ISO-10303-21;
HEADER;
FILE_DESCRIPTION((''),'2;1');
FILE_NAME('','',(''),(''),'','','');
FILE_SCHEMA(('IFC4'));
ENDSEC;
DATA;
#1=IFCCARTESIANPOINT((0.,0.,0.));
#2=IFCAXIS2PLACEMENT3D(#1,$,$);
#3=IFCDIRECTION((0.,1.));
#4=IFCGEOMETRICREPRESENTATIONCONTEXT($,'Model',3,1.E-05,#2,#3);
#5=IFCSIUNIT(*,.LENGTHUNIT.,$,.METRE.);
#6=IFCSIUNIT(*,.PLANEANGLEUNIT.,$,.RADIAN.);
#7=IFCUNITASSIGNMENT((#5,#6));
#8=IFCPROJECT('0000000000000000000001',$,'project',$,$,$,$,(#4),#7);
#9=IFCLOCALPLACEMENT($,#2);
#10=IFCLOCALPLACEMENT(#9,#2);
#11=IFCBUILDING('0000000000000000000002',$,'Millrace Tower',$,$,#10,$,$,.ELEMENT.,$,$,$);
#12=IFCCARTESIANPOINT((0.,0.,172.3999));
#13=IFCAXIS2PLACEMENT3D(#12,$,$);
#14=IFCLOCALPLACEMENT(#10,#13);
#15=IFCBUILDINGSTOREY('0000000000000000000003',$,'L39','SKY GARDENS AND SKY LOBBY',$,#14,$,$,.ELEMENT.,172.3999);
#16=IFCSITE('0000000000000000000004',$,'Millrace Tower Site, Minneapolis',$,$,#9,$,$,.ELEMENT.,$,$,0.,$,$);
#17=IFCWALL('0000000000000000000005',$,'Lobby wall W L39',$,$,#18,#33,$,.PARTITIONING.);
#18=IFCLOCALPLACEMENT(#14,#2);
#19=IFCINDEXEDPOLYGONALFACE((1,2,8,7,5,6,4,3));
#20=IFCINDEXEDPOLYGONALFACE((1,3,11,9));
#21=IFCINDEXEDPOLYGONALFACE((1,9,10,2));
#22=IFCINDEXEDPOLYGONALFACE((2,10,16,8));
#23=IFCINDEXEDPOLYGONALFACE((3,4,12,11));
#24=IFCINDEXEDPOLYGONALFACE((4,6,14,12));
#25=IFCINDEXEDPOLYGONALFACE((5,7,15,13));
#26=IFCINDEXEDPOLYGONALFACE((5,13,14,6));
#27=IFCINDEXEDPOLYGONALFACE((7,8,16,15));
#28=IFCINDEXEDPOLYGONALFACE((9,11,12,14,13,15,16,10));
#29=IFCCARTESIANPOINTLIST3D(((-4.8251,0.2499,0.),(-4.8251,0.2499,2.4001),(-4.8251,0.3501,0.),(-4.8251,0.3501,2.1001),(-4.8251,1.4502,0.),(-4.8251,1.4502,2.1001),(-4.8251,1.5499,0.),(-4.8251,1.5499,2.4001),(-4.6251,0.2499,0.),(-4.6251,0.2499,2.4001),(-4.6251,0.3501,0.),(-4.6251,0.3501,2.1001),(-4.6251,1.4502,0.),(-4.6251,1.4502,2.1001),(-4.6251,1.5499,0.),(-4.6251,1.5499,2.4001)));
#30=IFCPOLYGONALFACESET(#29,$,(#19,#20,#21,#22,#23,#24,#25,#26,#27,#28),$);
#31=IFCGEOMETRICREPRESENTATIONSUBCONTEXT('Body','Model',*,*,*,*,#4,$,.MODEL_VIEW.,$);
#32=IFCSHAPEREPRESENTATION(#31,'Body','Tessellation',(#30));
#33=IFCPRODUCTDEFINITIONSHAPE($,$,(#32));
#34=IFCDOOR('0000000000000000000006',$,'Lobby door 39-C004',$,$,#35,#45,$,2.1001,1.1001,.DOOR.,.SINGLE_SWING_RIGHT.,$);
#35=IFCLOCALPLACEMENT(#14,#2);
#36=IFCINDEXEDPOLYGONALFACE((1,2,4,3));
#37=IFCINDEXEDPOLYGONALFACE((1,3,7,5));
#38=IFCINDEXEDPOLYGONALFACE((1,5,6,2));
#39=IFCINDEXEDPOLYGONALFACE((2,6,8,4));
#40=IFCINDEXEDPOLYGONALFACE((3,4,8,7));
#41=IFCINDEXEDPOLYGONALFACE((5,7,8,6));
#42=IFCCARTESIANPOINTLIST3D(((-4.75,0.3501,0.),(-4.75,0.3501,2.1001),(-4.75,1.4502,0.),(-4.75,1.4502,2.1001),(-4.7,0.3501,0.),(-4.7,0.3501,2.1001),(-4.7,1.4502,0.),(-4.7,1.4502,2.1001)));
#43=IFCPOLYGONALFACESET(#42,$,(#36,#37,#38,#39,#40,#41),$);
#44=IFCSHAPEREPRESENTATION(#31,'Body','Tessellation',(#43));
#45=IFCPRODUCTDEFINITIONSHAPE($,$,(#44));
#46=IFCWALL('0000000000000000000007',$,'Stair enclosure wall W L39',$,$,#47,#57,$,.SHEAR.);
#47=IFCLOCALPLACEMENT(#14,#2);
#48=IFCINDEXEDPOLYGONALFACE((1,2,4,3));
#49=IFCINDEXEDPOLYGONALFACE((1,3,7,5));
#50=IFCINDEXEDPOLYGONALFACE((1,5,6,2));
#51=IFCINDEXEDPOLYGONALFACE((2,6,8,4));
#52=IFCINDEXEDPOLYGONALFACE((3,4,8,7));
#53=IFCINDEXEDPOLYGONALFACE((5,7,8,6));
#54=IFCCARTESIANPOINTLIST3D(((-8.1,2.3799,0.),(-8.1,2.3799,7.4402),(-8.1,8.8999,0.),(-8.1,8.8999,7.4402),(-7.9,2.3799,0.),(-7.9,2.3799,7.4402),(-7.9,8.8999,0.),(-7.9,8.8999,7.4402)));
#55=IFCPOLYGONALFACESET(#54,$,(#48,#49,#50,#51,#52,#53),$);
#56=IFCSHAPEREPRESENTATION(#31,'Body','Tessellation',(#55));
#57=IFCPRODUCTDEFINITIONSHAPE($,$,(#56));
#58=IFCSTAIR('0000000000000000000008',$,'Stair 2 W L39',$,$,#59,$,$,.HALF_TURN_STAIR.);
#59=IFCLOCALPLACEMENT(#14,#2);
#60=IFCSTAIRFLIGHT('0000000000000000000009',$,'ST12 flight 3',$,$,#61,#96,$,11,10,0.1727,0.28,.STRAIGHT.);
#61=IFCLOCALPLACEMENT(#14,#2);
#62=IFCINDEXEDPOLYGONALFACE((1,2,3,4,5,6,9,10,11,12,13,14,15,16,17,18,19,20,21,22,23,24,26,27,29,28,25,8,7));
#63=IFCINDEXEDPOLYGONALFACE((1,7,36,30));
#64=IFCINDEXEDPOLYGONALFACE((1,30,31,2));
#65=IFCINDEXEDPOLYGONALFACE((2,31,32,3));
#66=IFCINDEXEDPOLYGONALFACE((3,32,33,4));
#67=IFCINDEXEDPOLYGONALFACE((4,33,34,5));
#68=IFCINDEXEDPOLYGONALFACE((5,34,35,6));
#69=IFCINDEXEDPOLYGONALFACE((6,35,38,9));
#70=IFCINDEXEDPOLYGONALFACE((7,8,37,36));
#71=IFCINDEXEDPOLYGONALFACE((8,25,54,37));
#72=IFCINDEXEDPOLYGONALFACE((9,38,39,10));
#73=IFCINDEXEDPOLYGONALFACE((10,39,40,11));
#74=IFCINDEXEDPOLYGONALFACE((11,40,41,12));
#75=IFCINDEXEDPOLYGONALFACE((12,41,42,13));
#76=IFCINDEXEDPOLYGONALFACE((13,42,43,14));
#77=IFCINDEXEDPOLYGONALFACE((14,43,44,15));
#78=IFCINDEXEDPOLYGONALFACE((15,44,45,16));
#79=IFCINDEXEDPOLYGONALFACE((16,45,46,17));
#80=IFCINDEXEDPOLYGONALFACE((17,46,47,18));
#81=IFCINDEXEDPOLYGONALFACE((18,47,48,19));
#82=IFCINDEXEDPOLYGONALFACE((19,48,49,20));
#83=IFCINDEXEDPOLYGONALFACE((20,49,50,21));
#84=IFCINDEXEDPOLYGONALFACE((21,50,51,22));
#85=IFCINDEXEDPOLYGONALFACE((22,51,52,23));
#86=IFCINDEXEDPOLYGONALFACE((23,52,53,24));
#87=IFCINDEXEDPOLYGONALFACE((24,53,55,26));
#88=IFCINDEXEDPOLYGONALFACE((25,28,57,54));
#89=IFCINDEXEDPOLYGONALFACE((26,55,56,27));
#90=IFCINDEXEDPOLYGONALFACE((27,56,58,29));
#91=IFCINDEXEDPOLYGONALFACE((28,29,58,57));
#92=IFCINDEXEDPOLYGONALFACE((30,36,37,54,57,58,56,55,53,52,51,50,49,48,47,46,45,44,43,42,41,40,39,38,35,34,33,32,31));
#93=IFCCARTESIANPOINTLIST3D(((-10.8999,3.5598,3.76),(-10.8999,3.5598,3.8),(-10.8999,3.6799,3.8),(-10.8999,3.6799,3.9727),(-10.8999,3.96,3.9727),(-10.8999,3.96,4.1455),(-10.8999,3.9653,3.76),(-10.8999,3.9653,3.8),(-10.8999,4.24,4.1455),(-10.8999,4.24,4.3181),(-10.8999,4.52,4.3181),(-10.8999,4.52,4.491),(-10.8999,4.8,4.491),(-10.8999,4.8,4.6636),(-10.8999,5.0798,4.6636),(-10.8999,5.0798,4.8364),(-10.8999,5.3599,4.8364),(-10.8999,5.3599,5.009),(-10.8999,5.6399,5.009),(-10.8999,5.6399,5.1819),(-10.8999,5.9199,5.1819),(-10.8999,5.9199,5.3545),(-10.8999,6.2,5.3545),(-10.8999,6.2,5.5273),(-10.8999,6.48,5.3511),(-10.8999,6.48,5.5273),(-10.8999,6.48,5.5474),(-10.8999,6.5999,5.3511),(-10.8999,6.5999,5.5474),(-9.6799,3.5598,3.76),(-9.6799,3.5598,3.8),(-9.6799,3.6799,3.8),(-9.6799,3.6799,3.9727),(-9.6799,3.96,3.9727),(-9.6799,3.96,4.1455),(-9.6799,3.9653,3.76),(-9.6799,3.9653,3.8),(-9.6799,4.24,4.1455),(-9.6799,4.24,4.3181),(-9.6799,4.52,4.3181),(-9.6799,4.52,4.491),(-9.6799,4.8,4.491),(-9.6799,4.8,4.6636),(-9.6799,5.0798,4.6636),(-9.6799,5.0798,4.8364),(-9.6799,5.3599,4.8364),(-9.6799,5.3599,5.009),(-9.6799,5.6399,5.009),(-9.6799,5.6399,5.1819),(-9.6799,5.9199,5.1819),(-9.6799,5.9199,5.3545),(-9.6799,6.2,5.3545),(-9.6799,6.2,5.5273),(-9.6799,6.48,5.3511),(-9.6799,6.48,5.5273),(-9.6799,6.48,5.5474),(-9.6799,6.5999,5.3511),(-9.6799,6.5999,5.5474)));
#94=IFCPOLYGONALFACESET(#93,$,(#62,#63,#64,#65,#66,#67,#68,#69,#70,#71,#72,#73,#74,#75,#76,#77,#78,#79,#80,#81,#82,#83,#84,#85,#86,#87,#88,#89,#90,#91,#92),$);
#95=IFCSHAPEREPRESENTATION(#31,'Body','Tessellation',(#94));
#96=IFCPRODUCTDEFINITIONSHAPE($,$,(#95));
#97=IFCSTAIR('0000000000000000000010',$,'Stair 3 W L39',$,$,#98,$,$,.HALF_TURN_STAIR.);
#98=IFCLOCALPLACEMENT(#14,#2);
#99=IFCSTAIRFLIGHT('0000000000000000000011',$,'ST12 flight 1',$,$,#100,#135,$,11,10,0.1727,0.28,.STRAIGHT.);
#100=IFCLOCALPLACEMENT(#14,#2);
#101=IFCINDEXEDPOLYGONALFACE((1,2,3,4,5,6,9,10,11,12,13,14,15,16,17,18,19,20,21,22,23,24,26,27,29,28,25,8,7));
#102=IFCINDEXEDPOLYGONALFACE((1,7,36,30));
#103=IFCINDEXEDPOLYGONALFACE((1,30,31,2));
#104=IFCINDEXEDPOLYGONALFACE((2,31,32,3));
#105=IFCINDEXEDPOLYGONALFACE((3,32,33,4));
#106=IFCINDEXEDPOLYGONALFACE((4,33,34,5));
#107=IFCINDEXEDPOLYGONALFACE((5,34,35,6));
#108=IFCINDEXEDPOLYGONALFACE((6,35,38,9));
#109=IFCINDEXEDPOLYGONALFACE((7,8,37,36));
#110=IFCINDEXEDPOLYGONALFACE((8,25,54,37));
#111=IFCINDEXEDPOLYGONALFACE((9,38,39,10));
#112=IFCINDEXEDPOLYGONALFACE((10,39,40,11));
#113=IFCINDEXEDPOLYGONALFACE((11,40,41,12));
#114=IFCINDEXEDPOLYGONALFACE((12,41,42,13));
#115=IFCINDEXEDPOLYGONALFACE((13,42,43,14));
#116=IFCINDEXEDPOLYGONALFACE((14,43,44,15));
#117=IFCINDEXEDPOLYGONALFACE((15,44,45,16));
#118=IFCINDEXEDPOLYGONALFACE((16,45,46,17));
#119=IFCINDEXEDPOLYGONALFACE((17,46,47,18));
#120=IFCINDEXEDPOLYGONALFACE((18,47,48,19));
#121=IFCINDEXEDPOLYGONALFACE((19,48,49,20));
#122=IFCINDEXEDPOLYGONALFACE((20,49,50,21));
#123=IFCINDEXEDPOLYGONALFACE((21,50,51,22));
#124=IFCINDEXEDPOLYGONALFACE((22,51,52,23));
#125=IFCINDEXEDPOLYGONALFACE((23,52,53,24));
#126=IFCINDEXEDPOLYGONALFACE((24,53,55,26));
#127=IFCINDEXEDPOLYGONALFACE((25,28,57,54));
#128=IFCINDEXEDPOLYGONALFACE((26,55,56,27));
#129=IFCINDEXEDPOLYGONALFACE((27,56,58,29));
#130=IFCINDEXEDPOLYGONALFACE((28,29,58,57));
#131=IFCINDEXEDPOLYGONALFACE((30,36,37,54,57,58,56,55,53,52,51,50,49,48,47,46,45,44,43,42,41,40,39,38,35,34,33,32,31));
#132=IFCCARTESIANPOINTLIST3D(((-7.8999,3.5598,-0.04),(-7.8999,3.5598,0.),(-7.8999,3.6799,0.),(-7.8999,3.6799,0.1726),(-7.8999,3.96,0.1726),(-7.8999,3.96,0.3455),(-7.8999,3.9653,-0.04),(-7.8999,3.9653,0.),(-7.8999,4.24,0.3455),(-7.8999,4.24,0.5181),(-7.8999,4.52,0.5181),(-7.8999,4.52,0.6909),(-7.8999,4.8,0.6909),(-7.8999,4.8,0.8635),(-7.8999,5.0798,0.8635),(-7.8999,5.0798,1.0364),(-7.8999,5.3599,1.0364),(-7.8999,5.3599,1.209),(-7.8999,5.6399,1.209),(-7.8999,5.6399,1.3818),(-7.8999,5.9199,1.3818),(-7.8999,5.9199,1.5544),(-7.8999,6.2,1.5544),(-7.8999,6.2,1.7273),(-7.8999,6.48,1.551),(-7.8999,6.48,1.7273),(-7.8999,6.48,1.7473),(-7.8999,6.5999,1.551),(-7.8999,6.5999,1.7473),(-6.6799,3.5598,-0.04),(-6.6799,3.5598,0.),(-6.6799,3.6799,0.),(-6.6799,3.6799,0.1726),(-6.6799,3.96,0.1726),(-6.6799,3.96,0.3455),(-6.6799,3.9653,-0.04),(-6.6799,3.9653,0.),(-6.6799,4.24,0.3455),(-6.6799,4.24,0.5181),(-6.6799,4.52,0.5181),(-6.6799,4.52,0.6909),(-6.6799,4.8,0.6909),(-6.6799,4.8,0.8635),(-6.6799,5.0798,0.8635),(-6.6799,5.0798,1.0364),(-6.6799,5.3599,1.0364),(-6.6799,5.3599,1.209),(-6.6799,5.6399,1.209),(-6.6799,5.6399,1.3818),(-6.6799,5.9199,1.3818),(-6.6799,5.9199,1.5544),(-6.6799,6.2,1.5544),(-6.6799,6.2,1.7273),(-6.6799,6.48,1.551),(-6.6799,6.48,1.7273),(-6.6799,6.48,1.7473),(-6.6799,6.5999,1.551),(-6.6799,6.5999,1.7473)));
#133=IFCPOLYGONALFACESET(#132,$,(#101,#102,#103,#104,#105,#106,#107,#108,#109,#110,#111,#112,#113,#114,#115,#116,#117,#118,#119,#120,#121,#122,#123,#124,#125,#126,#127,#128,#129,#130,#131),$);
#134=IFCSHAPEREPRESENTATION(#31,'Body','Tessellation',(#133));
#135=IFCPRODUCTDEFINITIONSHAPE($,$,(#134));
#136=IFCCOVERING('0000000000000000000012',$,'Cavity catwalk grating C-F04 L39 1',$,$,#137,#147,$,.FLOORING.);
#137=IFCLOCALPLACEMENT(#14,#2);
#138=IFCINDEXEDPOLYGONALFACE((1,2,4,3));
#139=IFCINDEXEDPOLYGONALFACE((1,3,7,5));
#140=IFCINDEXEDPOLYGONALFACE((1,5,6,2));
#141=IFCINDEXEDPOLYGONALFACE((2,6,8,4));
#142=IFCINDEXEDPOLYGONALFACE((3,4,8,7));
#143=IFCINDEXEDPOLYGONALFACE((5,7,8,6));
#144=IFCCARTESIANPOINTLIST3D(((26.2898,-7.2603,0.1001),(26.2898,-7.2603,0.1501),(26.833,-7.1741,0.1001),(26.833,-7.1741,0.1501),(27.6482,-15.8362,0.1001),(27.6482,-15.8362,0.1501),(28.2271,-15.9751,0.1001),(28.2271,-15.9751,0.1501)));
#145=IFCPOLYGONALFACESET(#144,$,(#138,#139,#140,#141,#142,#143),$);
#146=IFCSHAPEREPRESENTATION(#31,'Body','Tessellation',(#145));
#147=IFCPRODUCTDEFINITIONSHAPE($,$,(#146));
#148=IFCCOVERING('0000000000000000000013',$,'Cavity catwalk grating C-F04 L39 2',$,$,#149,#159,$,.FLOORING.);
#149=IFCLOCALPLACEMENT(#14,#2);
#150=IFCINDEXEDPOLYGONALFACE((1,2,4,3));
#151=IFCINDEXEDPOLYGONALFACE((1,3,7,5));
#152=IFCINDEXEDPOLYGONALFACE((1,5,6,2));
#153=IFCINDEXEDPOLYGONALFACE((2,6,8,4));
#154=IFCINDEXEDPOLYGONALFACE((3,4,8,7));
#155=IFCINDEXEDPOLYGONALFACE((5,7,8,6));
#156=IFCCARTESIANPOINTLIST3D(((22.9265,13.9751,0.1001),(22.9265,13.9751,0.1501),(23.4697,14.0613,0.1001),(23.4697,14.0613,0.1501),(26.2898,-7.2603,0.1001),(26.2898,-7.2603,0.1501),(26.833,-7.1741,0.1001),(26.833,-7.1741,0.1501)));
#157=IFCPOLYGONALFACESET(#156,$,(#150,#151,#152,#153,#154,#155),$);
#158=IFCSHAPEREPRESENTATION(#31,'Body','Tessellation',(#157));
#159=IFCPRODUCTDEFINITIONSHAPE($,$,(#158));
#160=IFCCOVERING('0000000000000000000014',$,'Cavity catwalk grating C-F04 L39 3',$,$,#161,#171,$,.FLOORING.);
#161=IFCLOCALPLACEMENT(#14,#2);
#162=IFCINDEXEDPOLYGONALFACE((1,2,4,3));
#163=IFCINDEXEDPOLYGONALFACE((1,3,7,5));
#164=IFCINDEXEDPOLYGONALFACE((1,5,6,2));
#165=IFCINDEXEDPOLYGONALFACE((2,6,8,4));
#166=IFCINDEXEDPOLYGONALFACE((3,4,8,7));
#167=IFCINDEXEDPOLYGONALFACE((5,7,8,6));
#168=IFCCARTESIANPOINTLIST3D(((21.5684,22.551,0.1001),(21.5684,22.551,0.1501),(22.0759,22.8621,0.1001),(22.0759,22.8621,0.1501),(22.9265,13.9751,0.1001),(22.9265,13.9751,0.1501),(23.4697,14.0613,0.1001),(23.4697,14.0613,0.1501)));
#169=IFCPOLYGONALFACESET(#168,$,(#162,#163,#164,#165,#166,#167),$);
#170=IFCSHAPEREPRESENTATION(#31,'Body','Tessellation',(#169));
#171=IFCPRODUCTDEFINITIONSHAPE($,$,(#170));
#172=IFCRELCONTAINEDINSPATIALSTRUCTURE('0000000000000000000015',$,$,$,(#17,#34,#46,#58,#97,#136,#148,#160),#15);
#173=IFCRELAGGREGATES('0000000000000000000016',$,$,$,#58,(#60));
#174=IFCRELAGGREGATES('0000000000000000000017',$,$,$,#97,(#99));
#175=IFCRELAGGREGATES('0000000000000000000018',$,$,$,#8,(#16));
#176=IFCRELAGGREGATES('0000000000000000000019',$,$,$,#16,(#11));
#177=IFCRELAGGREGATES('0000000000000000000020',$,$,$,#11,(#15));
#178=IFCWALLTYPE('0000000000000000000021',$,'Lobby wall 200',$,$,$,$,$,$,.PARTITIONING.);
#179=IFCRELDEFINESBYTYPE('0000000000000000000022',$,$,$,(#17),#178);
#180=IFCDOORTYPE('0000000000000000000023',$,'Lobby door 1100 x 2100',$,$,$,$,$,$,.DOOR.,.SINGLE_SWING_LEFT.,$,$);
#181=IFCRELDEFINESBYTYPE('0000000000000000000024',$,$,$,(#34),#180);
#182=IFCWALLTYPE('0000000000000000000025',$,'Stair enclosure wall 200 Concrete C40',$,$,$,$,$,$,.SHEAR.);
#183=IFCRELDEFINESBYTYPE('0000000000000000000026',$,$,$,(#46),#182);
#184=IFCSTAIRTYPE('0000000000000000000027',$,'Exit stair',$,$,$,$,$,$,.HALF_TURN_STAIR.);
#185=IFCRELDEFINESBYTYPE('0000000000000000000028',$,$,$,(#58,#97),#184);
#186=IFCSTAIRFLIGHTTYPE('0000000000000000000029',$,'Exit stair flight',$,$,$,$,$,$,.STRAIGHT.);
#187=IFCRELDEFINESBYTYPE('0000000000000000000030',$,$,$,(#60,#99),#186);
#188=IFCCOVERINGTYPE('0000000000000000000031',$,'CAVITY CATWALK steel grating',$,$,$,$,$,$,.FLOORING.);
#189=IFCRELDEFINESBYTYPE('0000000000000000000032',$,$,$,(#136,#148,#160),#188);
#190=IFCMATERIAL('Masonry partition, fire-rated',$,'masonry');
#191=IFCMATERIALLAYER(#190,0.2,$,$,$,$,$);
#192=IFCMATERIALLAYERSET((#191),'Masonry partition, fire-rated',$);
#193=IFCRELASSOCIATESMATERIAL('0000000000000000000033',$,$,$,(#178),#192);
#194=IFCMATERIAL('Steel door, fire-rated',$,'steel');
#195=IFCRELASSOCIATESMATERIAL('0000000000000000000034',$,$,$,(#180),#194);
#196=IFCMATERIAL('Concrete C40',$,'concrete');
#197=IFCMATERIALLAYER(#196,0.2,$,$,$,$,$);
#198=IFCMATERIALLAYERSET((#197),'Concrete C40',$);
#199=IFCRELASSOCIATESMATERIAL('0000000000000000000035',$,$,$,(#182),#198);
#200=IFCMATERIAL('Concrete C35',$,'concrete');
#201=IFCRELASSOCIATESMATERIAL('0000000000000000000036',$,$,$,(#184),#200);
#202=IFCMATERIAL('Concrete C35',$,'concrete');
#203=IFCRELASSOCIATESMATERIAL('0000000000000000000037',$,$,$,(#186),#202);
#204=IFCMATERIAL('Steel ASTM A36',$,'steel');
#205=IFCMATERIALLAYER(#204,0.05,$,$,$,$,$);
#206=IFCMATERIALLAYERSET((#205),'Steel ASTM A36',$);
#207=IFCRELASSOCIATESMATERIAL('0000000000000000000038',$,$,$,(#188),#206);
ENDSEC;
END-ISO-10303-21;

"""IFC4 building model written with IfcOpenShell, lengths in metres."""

from ifc_helpers import new_model, si_unit, direction, frame, frame_2d, origin, place, context, subcontext, project, spatial, polyline, rectangle, outline, extrude, material, layer, layer_set, type_object, element, fill, aggregate, save


model = new_model("IFC4")

# Units and contexts
model_context = context("Model", 3, precision=1e-05, world=origin(), true_north=direction((0.0, 1.0)))
body_context = subcontext(model_context, "Body", "Model", "MODEL_VIEW")
ifc_project = project(units=[si_unit("LENGTHUNIT", "METRE"), si_unit("PLANEANGLEUNIT", "RADIAN")], contexts=[model_context])

# Site, building, storey
site_placement = place(None, origin())
site = spatial("IfcSite", under=ifc_project, at=site_placement, Name="Millrace Tower Site, Minneapolis", CompositionType="ELEMENT", RefElevation=0.0)
building_placement = place(site_placement, origin())
building = spatial("IfcBuilding", under=site, at=building_placement, Name="Millrace Tower", CompositionType="ELEMENT")
storey_placement = place(building_placement, frame((0.0, 0.0, 172.3999)))
storey = spatial("IfcBuildingStorey", under=building, at=storey_placement, Name="L39", Description="SKY GARDENS AND SKY LOBBY", CompositionType="ELEMENT", Elevation=172.3999)

# Shared definitions
placement_1 = place(storey_placement, origin())

# Wall, opening, door
ifc_material_1 = material(Name="Masonry partition, fire-rated", Category="masonry")
ifc_layer_1 = layer(ifc_material_1, 0.2)
ifc_layer_set_1 = layer_set([ifc_layer_1], Name="Masonry partition, fire-rated")
wall_type_1 = type_object("IfcWallType", Name="Lobby wall 200", PredefinedType="PARTITIONING", material=ifc_layer_set_1)
wall_1_placement = place(storey_placement, frame((-4.7251, 0.25, 0.0), z_axis=(0.0, 0.0, 1.0), x_axis=(0.0, 1.0, 0.0)))
wall_1 = element("IfcWall", 1, at=wall_1_placement, inside=storey, type_object=wall_type_1, Name="Lobby wall W L39", PredefinedType="PARTITIONING", context=body_context, shape_type="SweptSolid", body=[
    extrude(rectangle(XDim=1.3, YDim=0.2, at=frame_2d((0.6499, 0.0))), origin(), (0.0, 0.0, 1.0), 2.4001),
])
opening_placement = place(wall_1_placement, frame((0.1001, 0.0, 0.0)))
opening = element("IfcOpeningElement", 2, at=opening_placement, cuts=wall_1, PredefinedType="OPENING", context=body_context, shape_type="SweptSolid", body=[
    extrude(rectangle(XDim=1.1001, YDim=2.1001, at=frame_2d((0.55, 1.05))), frame((0.0, 0.1099, 0.0), z_axis=(0.0, -1.0, 0.0), x_axis=(1.0, 0.0, 0.0)), (0.0, 0.0, 1.0), 0.22),
])
ifc_material_2 = material(Name="Steel door, fire-rated", Category="steel")
door_type = type_object("IfcDoorType", Name="Lobby door 1100 x 2100", OperationType="SINGLE_SWING_LEFT", PredefinedType="DOOR", material=ifc_material_2)
door_placement = place(opening_placement, origin())
door = element("IfcDoor", 3, at=door_placement, inside=storey, type_object=door_type, Name="Lobby door 39-C004", OperationType="SINGLE_SWING_RIGHT", OverallHeight=2.1001, OverallWidth=1.1001, PredefinedType="DOOR", context=body_context, shape_type="SweptSolid", body=[
    extrude(rectangle(XDim=1.1001, YDim=2.1001, at=frame_2d((0.55, 1.05))), frame((0.0, 0.0249, 0.0), z_axis=(0.0, -1.0, 0.0), x_axis=(1.0, 0.0, 0.0)), (0.0, 0.0, 1.0), 0.05),
])
fill(opening, door)

# Wall
ifc_material_3 = material(Name="Concrete C40", Category="concrete")
ifc_layer_2 = layer(ifc_material_3, 0.2)
ifc_layer_set_2 = layer_set([ifc_layer_2], Name="Concrete C40")
wall_type_2 = type_object("IfcWallType", Name="Stair enclosure wall 200 Concrete C40", PredefinedType="SHEAR", material=ifc_layer_set_2)
wall_2_placement = place(storey_placement, frame((-8.0, 2.3799, 0.0), z_axis=(0.0, 0.0, 1.0), x_axis=(0.0, 1.0, 0.0)))
element("IfcWall", 4, at=wall_2_placement, inside=storey, type_object=wall_type_2, Name="Stair enclosure wall W L39", PredefinedType="SHEAR", context=body_context, shape_type="SweptSolid", body=[
    extrude(rectangle(XDim=6.52, YDim=0.2, at=frame_2d((3.26, 0.0))), origin(), (0.0, 0.0, 1.0), 7.4402),
])

# Stairs, stair flights
ifc_material_4 = material(Name="Concrete C35", Category="concrete")
stair_type = type_object("IfcStairType", Name="Exit stair", PredefinedType="HALF_TURN_STAIR", material=ifc_material_4)
stair_1 = element("IfcStair", 5, at=placement_1, inside=storey, type_object=stair_type, Name="Stair 2 W L39", PredefinedType="HALF_TURN_STAIR")
ifc_material_5 = material(Name="Concrete C35", Category="concrete")
stair_flight_type = type_object("IfcStairFlightType", Name="Exit stair flight", PredefinedType="STRAIGHT", material=ifc_material_5)
stair_flight_1_placement = place(storey_placement, frame((-10.29, 3.6799, 3.8), z_axis=(0.0, 0.0, 1.0), x_axis=(0.0, 1.0, 0.0)))
stair_flight_1 = element("IfcStairFlight", 6, at=stair_flight_1_placement, type_object=stair_flight_type, Name="ST12 flight 3", NumberOfRisers=11, NumberOfTreads=10, PredefinedType="STRAIGHT", RiserHeight=0.1727, TreadLength=0.28, context=body_context, shape_type="SweptSolid", body=[
    extrude(outline(polyline([(-0.1201, -0.04), (-0.1201, 0.0), (0.0, 0.0), (0.0, 0.1726), (0.28, 0.1726), (0.28, 0.3455), (0.5601, 0.3455), (0.5601, 0.5181), (0.8401, 0.5181), (0.8401, 0.6909), (1.1201, 0.6909), (1.1201, 0.8635), (1.3999, 0.8635), (1.3999, 1.0364), (1.6799, 1.0364), (1.6799, 1.209), (1.96, 1.209), (1.96, 1.3818), (2.24, 1.3818), (2.24, 1.5544), (2.52, 1.5544), (2.52, 1.7273), (2.8, 1.7273), (2.8, 1.7473), (2.9199, 1.7473), (2.9199, 1.551), (2.8, 1.551), (0.2854, 0.0), (0.2854, -0.04), (-0.1201, -0.04)])), frame((0.0, 0.6099, 0.0), z_axis=(0.0, -1.0, 0.0), x_axis=(1.0, 0.0, 0.0)), (0.0, 0.0, 1.0), 1.22),
])
aggregate(stair_1, [stair_flight_1])
stair_2 = element("IfcStair", 7, at=placement_1, inside=storey, type_object=stair_type, Name="Stair 3 W L39", PredefinedType="HALF_TURN_STAIR")
stair_flight_2_placement = place(storey_placement, frame((-7.29, 3.6799, 0.0), z_axis=(0.0, 0.0, 1.0), x_axis=(0.0, 1.0, 0.0)))
stair_flight_2 = element("IfcStairFlight", 8, at=stair_flight_2_placement, type_object=stair_flight_type, Name="ST12 flight 1", NumberOfRisers=11, NumberOfTreads=10, PredefinedType="STRAIGHT", RiserHeight=0.1727, TreadLength=0.28, context=body_context, shape_type="SweptSolid", body=[
    extrude(outline(polyline([(-0.1201, -0.04), (-0.1201, 0.0), (0.0, 0.0), (0.0, 0.1726), (0.28, 0.1726), (0.28, 0.3455), (0.5601, 0.3455), (0.5601, 0.5181), (0.8401, 0.5181), (0.8401, 0.6909), (1.1201, 0.6909), (1.1201, 0.8635), (1.3999, 0.8635), (1.3999, 1.0364), (1.6799, 1.0364), (1.6799, 1.209), (1.96, 1.209), (1.96, 1.3818), (2.24, 1.3818), (2.24, 1.5544), (2.52, 1.5544), (2.52, 1.7273), (2.8, 1.7273), (2.8, 1.7473), (2.9199, 1.7473), (2.9199, 1.551), (2.8, 1.551), (0.2854, 0.0), (0.2854, -0.04), (-0.1201, -0.04)])), frame((0.0, 0.6099, 0.0), z_axis=(0.0, -1.0, 0.0), x_axis=(1.0, 0.0, 0.0)), (0.0, 0.0, 1.0), 1.22),
])
aggregate(stair_2, [stair_flight_2])

# Coverings
ifc_material_6 = material(Name="Steel ASTM A36", Category="steel")
ifc_layer_3 = layer(ifc_material_6, 0.05)
ifc_layer_set_3 = layer_set([ifc_layer_3], Name="Steel ASTM A36")
covering_type = type_object("IfcCoveringType", Name="CAVITY CATWALK steel grating", PredefinedType="FLOORING", material=ifc_layer_set_3)
placement_2 = place(storey_placement, frame((0.0, 0.0, 0.1001)))
element("IfcCovering", 9, at=placement_2, inside=storey, type_object=covering_type, Name="Cavity catwalk grating C-F04 L39 1", PredefinedType="FLOORING", context=body_context, shape_type="SweptSolid", body=[
    extrude(outline(polyline([(28.2271, -15.9751), (26.833, -7.1741), (26.2898, -7.2603), (27.6482, -15.8362), (28.2271, -15.9751)])), origin(), (0.0, 0.0, 1.0), 0.05),
])
element("IfcCovering", 10, at=placement_2, inside=storey, type_object=covering_type, Name="Cavity catwalk grating C-F04 L39 2", PredefinedType="FLOORING", context=body_context, shape_type="SweptSolid", body=[
    extrude(outline(polyline([(26.833, -7.1741), (23.4697, 14.0613), (22.9265, 13.9751), (26.2898, -7.2603), (26.833, -7.1741)])), origin(), (0.0, 0.0, 1.0), 0.05),
])
element("IfcCovering", 11, at=placement_2, inside=storey, type_object=covering_type, Name="Cavity catwalk grating C-F04 L39 3", PredefinedType="FLOORING", context=body_context, shape_type="SweptSolid", body=[
    extrude(outline(polyline([(23.4697, 14.0613), (22.0759, 22.8621), (21.5684, 22.551), (22.9265, 13.9751), (23.4697, 14.0613)])), origin(), (0.0, 0.0, 1.0), 0.05),
])

save(model, "model.ifc")
